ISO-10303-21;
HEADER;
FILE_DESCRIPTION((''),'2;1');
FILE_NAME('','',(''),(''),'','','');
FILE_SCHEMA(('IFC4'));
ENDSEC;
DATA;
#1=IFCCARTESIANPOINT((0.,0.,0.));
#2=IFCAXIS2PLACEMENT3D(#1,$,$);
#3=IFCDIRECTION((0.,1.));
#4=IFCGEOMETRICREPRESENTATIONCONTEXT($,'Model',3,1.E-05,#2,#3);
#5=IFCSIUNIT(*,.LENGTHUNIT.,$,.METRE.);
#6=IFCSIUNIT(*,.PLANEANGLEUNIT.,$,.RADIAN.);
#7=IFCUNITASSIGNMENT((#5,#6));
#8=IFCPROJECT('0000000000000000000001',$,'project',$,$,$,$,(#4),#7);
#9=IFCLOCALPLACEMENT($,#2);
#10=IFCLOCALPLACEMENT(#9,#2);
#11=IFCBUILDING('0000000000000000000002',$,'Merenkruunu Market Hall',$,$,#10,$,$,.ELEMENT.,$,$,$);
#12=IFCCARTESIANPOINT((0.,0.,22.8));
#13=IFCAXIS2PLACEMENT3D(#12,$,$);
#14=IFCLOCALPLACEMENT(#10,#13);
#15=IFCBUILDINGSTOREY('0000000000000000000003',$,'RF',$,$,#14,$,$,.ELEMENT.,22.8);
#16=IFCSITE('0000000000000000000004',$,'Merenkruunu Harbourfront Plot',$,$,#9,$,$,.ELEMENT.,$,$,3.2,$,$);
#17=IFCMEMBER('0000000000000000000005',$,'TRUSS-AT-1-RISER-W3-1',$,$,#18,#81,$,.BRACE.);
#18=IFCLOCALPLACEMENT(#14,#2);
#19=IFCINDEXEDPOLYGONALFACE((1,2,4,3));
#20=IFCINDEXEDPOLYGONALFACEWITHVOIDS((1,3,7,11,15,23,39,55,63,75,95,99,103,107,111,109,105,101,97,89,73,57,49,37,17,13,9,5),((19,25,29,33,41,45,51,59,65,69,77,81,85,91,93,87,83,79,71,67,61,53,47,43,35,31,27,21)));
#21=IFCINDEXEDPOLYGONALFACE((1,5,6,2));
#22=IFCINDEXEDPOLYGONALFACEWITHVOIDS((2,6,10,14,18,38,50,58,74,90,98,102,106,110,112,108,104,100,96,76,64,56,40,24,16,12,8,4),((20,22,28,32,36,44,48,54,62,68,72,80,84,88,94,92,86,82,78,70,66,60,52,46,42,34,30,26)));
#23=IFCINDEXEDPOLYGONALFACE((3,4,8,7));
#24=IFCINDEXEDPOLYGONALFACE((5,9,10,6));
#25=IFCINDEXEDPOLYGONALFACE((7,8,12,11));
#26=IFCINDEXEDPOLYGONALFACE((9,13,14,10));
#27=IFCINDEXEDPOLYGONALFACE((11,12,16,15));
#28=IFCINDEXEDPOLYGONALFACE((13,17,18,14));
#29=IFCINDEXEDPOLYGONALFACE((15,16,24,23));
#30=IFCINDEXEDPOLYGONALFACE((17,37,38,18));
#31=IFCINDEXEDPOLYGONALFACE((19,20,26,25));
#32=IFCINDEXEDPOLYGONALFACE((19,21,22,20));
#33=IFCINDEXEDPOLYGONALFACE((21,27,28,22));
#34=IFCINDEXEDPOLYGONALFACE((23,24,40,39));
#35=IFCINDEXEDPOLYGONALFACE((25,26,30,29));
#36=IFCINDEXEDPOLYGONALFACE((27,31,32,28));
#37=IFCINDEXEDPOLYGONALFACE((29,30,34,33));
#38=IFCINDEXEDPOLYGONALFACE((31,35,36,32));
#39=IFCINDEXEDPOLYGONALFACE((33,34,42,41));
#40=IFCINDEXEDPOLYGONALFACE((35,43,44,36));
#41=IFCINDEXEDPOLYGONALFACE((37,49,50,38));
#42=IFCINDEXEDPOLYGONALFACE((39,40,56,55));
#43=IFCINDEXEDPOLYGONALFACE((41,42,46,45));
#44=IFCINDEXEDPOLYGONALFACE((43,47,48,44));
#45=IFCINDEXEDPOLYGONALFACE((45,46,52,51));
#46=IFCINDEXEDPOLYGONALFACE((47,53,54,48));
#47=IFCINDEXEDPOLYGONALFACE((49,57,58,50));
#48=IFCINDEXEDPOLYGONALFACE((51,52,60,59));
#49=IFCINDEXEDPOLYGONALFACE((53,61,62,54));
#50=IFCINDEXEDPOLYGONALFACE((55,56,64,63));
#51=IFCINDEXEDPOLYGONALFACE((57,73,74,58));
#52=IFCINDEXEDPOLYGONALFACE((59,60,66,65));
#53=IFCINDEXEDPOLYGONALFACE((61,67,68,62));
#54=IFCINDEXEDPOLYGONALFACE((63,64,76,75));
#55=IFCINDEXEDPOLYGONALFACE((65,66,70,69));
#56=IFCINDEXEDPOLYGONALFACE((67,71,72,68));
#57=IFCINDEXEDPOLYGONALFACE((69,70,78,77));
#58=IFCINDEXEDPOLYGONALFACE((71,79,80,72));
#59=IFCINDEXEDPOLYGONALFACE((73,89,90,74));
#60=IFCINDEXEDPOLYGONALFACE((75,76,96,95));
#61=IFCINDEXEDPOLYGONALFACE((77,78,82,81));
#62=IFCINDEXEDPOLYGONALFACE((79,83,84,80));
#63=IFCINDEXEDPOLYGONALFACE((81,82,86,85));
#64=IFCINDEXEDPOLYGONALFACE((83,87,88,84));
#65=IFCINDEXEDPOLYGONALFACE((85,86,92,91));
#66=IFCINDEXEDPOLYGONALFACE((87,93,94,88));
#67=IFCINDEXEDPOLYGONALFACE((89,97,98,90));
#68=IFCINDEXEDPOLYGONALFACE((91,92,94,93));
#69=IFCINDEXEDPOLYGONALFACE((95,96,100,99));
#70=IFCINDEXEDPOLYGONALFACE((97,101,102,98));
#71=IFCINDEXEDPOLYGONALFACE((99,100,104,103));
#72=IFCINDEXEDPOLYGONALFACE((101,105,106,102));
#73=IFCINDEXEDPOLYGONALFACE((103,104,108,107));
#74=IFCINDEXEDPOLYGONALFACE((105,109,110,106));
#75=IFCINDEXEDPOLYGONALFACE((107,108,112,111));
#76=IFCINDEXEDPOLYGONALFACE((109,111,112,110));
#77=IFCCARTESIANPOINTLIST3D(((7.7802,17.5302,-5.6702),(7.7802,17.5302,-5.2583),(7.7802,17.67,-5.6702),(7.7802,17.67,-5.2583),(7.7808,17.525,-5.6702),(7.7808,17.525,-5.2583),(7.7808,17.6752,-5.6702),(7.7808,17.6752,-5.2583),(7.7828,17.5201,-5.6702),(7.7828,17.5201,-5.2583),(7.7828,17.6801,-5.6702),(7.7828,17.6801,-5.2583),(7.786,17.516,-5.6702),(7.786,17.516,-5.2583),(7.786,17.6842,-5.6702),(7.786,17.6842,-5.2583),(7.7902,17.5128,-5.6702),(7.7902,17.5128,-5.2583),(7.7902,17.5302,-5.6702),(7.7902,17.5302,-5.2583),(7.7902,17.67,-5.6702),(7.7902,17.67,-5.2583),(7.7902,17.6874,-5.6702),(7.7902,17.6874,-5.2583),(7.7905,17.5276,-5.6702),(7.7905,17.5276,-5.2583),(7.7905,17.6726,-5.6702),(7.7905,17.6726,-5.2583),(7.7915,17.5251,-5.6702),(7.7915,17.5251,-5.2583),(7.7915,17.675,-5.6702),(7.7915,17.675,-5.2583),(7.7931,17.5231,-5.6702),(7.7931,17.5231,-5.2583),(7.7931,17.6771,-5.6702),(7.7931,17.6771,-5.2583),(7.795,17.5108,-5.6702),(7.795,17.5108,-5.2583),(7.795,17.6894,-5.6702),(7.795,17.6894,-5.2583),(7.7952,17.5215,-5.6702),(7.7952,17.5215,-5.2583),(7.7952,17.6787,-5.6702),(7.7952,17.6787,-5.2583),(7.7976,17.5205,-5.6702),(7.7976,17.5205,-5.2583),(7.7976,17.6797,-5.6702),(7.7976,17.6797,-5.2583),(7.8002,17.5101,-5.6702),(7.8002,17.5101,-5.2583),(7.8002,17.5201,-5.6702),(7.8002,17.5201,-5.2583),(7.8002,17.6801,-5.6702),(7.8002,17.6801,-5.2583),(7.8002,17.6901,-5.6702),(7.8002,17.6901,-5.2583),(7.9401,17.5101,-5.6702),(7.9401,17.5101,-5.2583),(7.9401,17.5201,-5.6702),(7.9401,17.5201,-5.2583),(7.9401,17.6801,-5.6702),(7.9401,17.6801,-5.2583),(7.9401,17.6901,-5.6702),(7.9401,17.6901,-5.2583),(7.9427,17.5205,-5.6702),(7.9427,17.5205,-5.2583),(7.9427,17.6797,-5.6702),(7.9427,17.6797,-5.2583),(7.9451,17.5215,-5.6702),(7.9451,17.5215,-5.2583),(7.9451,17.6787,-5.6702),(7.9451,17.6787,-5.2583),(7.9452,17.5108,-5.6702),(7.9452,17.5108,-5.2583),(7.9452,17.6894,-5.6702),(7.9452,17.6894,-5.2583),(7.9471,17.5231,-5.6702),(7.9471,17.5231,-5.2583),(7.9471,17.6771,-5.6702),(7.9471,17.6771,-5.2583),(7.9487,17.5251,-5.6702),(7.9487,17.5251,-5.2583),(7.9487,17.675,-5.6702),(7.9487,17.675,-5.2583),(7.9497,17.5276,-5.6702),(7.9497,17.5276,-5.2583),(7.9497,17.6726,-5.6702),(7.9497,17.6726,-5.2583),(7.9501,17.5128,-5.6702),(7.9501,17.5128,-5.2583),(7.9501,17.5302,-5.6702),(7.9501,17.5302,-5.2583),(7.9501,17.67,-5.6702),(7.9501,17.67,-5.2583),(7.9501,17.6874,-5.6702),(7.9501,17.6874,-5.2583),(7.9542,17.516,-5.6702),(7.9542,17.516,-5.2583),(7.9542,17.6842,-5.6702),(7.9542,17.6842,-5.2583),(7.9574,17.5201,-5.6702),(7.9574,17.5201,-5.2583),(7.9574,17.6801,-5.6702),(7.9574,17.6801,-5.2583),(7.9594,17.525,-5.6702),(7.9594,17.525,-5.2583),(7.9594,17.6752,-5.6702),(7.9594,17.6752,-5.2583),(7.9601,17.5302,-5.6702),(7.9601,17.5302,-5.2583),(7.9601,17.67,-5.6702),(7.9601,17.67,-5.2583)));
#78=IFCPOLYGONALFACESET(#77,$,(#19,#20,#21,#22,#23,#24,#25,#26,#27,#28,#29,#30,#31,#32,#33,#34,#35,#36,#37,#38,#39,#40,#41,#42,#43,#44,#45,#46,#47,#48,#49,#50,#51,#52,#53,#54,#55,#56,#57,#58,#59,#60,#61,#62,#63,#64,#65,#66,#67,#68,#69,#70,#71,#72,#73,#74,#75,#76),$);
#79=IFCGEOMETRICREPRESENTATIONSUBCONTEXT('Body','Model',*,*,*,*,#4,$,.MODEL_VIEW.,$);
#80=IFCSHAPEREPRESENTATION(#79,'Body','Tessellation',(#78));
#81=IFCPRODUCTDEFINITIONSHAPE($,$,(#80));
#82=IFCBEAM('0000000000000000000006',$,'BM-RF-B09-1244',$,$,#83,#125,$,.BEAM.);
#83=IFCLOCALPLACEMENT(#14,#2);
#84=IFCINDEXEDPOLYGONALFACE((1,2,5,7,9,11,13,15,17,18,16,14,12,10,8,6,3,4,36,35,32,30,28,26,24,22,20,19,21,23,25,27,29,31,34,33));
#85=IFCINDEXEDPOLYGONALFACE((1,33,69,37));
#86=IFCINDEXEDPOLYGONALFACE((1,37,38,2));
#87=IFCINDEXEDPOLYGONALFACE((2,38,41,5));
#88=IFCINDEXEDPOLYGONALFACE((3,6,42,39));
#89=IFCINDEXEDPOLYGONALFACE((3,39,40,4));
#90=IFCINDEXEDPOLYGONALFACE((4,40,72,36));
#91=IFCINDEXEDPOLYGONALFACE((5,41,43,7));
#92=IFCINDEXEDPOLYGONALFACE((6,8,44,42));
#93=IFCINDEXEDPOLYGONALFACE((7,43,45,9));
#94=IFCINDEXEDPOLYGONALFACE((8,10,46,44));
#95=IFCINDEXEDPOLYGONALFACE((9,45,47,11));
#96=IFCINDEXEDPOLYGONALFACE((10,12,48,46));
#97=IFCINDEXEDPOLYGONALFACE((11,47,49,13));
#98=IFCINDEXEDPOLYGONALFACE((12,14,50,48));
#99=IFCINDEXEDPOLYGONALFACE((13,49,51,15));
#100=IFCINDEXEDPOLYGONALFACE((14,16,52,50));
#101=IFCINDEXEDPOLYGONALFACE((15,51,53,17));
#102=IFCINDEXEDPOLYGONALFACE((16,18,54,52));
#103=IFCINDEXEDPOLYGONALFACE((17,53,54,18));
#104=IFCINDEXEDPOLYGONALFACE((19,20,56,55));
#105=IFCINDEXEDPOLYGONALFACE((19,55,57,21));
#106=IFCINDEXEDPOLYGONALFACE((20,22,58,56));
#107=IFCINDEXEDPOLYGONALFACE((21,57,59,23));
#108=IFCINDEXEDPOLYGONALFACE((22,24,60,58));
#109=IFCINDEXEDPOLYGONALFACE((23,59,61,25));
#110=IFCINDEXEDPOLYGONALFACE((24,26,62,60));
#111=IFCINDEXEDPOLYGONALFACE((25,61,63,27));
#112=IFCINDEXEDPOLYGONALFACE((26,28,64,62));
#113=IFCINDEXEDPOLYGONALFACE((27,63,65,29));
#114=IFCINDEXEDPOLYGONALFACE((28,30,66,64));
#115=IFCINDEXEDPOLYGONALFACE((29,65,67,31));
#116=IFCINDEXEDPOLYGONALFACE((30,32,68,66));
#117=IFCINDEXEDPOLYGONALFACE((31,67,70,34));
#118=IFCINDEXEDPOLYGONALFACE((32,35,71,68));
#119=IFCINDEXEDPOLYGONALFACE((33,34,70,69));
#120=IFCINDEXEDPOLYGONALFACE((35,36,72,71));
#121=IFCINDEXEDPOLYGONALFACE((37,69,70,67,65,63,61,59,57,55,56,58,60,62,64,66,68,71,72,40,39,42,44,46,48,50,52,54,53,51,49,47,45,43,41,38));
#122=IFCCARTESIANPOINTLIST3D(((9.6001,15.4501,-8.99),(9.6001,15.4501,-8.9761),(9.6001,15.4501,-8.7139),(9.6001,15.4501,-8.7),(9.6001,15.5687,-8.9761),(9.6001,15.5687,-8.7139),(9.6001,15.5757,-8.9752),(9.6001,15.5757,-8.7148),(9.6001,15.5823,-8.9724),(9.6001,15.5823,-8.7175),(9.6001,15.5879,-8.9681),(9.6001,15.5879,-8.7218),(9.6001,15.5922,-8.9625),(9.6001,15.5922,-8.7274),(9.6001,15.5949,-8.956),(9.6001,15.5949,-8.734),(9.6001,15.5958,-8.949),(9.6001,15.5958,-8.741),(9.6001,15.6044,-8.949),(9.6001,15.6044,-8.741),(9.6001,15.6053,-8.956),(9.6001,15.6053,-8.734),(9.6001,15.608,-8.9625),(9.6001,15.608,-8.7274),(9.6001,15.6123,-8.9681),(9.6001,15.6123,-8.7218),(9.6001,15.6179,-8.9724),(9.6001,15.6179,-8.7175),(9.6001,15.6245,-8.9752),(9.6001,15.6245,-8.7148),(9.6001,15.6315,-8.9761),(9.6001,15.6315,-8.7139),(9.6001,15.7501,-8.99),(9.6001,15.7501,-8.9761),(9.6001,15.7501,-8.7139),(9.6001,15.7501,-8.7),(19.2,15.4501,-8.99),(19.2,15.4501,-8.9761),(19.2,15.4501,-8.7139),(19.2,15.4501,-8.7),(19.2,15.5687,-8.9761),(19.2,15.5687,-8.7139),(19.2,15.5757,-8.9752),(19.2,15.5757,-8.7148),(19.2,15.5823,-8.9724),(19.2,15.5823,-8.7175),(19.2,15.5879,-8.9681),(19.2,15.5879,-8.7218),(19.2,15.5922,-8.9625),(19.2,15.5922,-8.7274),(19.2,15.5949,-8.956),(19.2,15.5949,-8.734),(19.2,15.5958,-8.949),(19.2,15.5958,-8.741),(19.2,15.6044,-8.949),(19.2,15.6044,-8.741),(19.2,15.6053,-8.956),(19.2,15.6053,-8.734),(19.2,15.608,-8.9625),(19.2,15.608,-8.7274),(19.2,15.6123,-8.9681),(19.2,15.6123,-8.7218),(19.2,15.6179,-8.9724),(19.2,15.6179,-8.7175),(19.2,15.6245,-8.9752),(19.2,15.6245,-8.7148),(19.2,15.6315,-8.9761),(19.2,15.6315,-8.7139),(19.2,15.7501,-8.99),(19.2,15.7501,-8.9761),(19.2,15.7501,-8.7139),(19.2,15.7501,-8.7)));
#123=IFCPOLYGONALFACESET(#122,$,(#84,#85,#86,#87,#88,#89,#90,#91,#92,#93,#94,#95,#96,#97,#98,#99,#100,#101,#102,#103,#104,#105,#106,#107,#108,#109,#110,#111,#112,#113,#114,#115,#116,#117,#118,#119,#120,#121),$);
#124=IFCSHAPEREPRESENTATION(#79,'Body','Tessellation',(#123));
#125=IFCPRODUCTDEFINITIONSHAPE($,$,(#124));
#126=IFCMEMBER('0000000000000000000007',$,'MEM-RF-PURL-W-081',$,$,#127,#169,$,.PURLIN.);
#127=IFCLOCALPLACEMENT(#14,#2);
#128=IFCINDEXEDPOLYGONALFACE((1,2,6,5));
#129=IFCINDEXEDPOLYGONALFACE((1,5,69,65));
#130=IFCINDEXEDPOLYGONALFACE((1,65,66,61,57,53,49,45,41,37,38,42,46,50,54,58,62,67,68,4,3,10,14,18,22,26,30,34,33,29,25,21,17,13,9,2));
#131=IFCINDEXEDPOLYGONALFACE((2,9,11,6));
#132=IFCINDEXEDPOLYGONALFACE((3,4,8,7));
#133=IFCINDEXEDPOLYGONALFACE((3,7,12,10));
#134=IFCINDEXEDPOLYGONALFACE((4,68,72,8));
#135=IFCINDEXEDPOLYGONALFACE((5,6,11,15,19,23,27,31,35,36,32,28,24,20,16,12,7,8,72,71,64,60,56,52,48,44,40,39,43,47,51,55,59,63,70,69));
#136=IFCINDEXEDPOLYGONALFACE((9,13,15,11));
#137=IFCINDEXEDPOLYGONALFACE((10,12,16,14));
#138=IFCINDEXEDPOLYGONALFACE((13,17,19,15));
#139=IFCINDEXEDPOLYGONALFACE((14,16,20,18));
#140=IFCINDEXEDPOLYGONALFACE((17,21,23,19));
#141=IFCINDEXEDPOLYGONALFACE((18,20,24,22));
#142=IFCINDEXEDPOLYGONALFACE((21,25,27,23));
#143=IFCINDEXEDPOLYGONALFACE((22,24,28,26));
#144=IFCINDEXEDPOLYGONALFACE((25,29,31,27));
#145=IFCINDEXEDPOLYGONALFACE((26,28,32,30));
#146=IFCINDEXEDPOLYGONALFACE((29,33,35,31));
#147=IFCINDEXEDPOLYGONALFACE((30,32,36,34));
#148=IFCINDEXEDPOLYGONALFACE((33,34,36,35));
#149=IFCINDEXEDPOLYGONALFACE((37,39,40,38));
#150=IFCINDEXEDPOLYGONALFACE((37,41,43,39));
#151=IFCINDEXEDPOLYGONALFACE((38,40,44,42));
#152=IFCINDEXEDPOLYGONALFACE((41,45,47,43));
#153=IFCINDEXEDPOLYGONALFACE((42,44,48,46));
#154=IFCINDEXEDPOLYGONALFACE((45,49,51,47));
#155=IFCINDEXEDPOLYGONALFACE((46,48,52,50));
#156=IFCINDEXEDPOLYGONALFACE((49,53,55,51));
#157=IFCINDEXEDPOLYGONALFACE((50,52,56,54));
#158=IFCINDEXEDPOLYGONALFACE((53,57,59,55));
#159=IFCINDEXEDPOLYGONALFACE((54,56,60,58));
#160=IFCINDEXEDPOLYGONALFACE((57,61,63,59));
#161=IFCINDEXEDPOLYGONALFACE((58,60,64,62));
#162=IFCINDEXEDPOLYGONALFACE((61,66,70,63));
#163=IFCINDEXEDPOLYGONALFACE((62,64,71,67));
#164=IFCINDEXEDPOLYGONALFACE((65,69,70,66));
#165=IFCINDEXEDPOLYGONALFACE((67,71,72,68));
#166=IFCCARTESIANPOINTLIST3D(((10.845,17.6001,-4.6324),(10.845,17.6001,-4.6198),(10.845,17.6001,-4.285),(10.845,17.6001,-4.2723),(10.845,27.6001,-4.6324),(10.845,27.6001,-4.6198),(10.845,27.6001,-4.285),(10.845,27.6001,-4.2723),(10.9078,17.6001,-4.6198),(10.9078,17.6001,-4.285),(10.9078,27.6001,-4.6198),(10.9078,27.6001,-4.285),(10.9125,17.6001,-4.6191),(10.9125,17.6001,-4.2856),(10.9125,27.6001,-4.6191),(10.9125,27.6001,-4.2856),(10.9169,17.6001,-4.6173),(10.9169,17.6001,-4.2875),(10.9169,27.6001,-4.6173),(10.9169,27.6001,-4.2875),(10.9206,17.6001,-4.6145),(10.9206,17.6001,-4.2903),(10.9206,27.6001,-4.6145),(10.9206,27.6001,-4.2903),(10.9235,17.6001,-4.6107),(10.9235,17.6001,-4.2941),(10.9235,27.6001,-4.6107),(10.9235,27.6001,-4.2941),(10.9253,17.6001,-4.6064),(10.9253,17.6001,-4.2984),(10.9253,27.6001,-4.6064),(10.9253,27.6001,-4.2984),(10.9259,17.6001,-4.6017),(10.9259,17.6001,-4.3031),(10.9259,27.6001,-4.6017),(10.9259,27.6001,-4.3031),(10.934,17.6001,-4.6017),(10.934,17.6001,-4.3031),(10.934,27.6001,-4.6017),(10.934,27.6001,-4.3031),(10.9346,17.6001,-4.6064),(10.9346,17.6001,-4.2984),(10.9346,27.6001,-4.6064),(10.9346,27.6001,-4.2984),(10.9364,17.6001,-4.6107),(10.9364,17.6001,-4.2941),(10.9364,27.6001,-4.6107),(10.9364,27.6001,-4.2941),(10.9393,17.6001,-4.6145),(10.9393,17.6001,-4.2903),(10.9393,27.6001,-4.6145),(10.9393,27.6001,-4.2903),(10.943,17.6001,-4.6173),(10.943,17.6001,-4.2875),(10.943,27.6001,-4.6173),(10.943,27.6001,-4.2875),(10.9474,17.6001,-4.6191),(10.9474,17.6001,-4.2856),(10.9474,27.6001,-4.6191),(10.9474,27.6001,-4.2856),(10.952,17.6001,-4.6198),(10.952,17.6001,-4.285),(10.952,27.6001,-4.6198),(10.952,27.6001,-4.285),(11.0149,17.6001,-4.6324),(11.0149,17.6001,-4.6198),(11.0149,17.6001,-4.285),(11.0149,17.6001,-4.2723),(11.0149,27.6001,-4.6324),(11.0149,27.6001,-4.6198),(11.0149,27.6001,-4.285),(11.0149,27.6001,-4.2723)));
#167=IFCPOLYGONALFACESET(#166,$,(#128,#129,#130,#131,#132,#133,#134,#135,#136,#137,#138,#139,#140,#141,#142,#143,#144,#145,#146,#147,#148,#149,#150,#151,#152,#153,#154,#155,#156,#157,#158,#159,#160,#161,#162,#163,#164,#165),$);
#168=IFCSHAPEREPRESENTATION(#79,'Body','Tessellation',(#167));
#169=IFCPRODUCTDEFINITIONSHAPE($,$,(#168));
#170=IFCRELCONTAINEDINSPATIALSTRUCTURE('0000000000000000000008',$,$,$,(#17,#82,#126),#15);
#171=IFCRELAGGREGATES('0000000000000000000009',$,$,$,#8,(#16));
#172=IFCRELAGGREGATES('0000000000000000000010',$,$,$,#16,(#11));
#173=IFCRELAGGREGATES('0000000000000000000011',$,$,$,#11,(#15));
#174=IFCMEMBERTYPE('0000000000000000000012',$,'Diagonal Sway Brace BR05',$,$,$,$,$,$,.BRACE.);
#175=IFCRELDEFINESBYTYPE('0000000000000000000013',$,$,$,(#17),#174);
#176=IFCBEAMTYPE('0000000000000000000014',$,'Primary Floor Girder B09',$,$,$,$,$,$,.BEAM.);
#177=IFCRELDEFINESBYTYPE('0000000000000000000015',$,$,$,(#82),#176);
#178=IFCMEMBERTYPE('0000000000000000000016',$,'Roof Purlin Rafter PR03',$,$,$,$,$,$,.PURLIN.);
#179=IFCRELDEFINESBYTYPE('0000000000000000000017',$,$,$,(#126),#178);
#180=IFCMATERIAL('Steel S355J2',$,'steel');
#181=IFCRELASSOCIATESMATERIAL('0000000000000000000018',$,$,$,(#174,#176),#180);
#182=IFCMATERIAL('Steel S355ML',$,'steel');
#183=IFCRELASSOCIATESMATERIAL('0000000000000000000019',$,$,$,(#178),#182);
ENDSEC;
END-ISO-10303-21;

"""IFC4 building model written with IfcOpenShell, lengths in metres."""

from ifc_helpers import new_model, si_unit, direction, frame, origin, origin_2d, place, context, subcontext, project, spatial, hollow_rectangle, i_section, extrude, material, material_profile, profile_set, type_object, element, save


model = new_model("IFC4")

# Units and contexts
model_context = context("Model", 3, precision=1e-05, world=origin(), true_north=direction((0.0, 1.0)))
body_context = subcontext(model_context, "Body", "Model", "MODEL_VIEW")
ifc_project = project(units=[si_unit("LENGTHUNIT", "METRE"), si_unit("PLANEANGLEUNIT", "RADIAN")], contexts=[model_context])

# Site, building, storey
site_placement = place(None, origin())
site = spatial("IfcSite", under=ifc_project, at=site_placement, Name="Merenkruunu Harbourfront Plot", CompositionType="ELEMENT", RefElevation=3.2)
building_placement = place(site_placement, origin())
building = spatial("IfcBuilding", under=site, at=building_placement, Name="Merenkruunu Market Hall", CompositionType="ELEMENT")
storey_placement = place(building_placement, frame((0.0, 0.0, 22.8)))
storey = spatial("IfcBuildingStorey", under=building, at=storey_placement, Name="RF", CompositionType="ELEMENT", Elevation=22.8)

# Shared definitions
ifc_material_1 = material(Name="Steel S355ML", Category="steel")

# Member
ifc_material_2 = material(Name="Steel S355J2", Category="steel")
ifc_material_profile_1 = material_profile(ifc_material_2, hollow_rectangle(XDim=0.1799, YDim=0.1799, WallThickness=0.01, InnerFilletRadius=0.01, OuterFilletRadius=0.02, at=origin_2d()), Name="SHS 180x180x10")
ifc_profile_set_1 = profile_set([ifc_material_profile_1], Name="Steel S355J2")
member_type_1 = type_object("IfcMemberType", Name="Diagonal Sway Brace BR05", PredefinedType="BRACE", material=ifc_profile_set_1)
member_1_placement = place(storey_placement, frame((7.8701, 17.6001, -5.6702), z_axis=(0.0, 0.0, 1.0), x_axis=(1.0, 0.0, 0.0)))
element("IfcMember", 1, at=member_1_placement, inside=storey, type_object=member_type_1, Name="TRUSS-AT-1-RISER-W3-1", PredefinedType="BRACE", context=body_context, shape_type="SweptSolid", body=[
    extrude(hollow_rectangle(XDim=0.1799, YDim=0.1799, WallThickness=0.01, InnerFilletRadius=0.01, OuterFilletRadius=0.02, at=origin_2d()), origin(), (0.0, 0.0, 1.0), 0.4119),
])

# Beam
ifc_material_profile_2 = material_profile(ifc_material_2, i_section(OverallWidth=0.3, OverallDepth=0.29, WebThickness=0.0085, FlangeThickness=0.0139, FilletRadius=0.0271, at=origin_2d()), Name="HEA 300")
ifc_profile_set_2 = profile_set([ifc_material_profile_2], Name="Steel S355J2")
beam_type = type_object("IfcBeamType", Name="Primary Floor Girder B09", PredefinedType="BEAM", material=ifc_profile_set_2)
beam_placement = place(storey_placement, frame((9.6001, 15.6001, -8.845), z_axis=(1.0, 0.0, 0.0), x_axis=(0.0, 1.0, 0.0)))
element("IfcBeam", 2, at=beam_placement, inside=storey, type_object=beam_type, Name="BM-RF-B09-1244", PredefinedType="BEAM", context=body_context, shape_type="SweptSolid", body=[
    extrude(i_section(OverallWidth=0.3, OverallDepth=0.29, WebThickness=0.0085, FlangeThickness=0.0139, FilletRadius=0.0271, at=origin_2d()), origin(), (0.0, 0.0, 1.0), 9.5999),
])

# Member
ifc_material_profile_3 = material_profile(ifc_material_1, i_section(OverallWidth=0.1699, OverallDepth=0.3601, WebThickness=0.0081, FlangeThickness=0.0127, FilletRadius=0.0181, at=origin_2d()), Name="IPE 360")
ifc_profile_set_3 = profile_set([ifc_material_profile_3], Name="Steel S355ML")
member_type_2 = type_object("IfcMemberType", Name="Roof Purlin Rafter PR03", PredefinedType="PURLIN", material=ifc_profile_set_3)
member_2_placement = place(storey_placement, frame((10.9299, 17.6001, -4.4524), z_axis=(0.0, 1.0, 0.0), x_axis=(-1.0, 0.0, 0.0)))
element("IfcMember", 3, at=member_2_placement, inside=storey, type_object=member_type_2, Name="MEM-RF-PURL-W-081", PredefinedType="PURLIN", context=body_context, shape_type="SweptSolid", body=[
    extrude(i_section(OverallWidth=0.1699, OverallDepth=0.3601, WebThickness=0.0081, FlangeThickness=0.0127, FilletRadius=0.0181, at=origin_2d()), origin(), (0.0, 0.0, 1.0), 10.0),
])

save(model, "model.ifc")
